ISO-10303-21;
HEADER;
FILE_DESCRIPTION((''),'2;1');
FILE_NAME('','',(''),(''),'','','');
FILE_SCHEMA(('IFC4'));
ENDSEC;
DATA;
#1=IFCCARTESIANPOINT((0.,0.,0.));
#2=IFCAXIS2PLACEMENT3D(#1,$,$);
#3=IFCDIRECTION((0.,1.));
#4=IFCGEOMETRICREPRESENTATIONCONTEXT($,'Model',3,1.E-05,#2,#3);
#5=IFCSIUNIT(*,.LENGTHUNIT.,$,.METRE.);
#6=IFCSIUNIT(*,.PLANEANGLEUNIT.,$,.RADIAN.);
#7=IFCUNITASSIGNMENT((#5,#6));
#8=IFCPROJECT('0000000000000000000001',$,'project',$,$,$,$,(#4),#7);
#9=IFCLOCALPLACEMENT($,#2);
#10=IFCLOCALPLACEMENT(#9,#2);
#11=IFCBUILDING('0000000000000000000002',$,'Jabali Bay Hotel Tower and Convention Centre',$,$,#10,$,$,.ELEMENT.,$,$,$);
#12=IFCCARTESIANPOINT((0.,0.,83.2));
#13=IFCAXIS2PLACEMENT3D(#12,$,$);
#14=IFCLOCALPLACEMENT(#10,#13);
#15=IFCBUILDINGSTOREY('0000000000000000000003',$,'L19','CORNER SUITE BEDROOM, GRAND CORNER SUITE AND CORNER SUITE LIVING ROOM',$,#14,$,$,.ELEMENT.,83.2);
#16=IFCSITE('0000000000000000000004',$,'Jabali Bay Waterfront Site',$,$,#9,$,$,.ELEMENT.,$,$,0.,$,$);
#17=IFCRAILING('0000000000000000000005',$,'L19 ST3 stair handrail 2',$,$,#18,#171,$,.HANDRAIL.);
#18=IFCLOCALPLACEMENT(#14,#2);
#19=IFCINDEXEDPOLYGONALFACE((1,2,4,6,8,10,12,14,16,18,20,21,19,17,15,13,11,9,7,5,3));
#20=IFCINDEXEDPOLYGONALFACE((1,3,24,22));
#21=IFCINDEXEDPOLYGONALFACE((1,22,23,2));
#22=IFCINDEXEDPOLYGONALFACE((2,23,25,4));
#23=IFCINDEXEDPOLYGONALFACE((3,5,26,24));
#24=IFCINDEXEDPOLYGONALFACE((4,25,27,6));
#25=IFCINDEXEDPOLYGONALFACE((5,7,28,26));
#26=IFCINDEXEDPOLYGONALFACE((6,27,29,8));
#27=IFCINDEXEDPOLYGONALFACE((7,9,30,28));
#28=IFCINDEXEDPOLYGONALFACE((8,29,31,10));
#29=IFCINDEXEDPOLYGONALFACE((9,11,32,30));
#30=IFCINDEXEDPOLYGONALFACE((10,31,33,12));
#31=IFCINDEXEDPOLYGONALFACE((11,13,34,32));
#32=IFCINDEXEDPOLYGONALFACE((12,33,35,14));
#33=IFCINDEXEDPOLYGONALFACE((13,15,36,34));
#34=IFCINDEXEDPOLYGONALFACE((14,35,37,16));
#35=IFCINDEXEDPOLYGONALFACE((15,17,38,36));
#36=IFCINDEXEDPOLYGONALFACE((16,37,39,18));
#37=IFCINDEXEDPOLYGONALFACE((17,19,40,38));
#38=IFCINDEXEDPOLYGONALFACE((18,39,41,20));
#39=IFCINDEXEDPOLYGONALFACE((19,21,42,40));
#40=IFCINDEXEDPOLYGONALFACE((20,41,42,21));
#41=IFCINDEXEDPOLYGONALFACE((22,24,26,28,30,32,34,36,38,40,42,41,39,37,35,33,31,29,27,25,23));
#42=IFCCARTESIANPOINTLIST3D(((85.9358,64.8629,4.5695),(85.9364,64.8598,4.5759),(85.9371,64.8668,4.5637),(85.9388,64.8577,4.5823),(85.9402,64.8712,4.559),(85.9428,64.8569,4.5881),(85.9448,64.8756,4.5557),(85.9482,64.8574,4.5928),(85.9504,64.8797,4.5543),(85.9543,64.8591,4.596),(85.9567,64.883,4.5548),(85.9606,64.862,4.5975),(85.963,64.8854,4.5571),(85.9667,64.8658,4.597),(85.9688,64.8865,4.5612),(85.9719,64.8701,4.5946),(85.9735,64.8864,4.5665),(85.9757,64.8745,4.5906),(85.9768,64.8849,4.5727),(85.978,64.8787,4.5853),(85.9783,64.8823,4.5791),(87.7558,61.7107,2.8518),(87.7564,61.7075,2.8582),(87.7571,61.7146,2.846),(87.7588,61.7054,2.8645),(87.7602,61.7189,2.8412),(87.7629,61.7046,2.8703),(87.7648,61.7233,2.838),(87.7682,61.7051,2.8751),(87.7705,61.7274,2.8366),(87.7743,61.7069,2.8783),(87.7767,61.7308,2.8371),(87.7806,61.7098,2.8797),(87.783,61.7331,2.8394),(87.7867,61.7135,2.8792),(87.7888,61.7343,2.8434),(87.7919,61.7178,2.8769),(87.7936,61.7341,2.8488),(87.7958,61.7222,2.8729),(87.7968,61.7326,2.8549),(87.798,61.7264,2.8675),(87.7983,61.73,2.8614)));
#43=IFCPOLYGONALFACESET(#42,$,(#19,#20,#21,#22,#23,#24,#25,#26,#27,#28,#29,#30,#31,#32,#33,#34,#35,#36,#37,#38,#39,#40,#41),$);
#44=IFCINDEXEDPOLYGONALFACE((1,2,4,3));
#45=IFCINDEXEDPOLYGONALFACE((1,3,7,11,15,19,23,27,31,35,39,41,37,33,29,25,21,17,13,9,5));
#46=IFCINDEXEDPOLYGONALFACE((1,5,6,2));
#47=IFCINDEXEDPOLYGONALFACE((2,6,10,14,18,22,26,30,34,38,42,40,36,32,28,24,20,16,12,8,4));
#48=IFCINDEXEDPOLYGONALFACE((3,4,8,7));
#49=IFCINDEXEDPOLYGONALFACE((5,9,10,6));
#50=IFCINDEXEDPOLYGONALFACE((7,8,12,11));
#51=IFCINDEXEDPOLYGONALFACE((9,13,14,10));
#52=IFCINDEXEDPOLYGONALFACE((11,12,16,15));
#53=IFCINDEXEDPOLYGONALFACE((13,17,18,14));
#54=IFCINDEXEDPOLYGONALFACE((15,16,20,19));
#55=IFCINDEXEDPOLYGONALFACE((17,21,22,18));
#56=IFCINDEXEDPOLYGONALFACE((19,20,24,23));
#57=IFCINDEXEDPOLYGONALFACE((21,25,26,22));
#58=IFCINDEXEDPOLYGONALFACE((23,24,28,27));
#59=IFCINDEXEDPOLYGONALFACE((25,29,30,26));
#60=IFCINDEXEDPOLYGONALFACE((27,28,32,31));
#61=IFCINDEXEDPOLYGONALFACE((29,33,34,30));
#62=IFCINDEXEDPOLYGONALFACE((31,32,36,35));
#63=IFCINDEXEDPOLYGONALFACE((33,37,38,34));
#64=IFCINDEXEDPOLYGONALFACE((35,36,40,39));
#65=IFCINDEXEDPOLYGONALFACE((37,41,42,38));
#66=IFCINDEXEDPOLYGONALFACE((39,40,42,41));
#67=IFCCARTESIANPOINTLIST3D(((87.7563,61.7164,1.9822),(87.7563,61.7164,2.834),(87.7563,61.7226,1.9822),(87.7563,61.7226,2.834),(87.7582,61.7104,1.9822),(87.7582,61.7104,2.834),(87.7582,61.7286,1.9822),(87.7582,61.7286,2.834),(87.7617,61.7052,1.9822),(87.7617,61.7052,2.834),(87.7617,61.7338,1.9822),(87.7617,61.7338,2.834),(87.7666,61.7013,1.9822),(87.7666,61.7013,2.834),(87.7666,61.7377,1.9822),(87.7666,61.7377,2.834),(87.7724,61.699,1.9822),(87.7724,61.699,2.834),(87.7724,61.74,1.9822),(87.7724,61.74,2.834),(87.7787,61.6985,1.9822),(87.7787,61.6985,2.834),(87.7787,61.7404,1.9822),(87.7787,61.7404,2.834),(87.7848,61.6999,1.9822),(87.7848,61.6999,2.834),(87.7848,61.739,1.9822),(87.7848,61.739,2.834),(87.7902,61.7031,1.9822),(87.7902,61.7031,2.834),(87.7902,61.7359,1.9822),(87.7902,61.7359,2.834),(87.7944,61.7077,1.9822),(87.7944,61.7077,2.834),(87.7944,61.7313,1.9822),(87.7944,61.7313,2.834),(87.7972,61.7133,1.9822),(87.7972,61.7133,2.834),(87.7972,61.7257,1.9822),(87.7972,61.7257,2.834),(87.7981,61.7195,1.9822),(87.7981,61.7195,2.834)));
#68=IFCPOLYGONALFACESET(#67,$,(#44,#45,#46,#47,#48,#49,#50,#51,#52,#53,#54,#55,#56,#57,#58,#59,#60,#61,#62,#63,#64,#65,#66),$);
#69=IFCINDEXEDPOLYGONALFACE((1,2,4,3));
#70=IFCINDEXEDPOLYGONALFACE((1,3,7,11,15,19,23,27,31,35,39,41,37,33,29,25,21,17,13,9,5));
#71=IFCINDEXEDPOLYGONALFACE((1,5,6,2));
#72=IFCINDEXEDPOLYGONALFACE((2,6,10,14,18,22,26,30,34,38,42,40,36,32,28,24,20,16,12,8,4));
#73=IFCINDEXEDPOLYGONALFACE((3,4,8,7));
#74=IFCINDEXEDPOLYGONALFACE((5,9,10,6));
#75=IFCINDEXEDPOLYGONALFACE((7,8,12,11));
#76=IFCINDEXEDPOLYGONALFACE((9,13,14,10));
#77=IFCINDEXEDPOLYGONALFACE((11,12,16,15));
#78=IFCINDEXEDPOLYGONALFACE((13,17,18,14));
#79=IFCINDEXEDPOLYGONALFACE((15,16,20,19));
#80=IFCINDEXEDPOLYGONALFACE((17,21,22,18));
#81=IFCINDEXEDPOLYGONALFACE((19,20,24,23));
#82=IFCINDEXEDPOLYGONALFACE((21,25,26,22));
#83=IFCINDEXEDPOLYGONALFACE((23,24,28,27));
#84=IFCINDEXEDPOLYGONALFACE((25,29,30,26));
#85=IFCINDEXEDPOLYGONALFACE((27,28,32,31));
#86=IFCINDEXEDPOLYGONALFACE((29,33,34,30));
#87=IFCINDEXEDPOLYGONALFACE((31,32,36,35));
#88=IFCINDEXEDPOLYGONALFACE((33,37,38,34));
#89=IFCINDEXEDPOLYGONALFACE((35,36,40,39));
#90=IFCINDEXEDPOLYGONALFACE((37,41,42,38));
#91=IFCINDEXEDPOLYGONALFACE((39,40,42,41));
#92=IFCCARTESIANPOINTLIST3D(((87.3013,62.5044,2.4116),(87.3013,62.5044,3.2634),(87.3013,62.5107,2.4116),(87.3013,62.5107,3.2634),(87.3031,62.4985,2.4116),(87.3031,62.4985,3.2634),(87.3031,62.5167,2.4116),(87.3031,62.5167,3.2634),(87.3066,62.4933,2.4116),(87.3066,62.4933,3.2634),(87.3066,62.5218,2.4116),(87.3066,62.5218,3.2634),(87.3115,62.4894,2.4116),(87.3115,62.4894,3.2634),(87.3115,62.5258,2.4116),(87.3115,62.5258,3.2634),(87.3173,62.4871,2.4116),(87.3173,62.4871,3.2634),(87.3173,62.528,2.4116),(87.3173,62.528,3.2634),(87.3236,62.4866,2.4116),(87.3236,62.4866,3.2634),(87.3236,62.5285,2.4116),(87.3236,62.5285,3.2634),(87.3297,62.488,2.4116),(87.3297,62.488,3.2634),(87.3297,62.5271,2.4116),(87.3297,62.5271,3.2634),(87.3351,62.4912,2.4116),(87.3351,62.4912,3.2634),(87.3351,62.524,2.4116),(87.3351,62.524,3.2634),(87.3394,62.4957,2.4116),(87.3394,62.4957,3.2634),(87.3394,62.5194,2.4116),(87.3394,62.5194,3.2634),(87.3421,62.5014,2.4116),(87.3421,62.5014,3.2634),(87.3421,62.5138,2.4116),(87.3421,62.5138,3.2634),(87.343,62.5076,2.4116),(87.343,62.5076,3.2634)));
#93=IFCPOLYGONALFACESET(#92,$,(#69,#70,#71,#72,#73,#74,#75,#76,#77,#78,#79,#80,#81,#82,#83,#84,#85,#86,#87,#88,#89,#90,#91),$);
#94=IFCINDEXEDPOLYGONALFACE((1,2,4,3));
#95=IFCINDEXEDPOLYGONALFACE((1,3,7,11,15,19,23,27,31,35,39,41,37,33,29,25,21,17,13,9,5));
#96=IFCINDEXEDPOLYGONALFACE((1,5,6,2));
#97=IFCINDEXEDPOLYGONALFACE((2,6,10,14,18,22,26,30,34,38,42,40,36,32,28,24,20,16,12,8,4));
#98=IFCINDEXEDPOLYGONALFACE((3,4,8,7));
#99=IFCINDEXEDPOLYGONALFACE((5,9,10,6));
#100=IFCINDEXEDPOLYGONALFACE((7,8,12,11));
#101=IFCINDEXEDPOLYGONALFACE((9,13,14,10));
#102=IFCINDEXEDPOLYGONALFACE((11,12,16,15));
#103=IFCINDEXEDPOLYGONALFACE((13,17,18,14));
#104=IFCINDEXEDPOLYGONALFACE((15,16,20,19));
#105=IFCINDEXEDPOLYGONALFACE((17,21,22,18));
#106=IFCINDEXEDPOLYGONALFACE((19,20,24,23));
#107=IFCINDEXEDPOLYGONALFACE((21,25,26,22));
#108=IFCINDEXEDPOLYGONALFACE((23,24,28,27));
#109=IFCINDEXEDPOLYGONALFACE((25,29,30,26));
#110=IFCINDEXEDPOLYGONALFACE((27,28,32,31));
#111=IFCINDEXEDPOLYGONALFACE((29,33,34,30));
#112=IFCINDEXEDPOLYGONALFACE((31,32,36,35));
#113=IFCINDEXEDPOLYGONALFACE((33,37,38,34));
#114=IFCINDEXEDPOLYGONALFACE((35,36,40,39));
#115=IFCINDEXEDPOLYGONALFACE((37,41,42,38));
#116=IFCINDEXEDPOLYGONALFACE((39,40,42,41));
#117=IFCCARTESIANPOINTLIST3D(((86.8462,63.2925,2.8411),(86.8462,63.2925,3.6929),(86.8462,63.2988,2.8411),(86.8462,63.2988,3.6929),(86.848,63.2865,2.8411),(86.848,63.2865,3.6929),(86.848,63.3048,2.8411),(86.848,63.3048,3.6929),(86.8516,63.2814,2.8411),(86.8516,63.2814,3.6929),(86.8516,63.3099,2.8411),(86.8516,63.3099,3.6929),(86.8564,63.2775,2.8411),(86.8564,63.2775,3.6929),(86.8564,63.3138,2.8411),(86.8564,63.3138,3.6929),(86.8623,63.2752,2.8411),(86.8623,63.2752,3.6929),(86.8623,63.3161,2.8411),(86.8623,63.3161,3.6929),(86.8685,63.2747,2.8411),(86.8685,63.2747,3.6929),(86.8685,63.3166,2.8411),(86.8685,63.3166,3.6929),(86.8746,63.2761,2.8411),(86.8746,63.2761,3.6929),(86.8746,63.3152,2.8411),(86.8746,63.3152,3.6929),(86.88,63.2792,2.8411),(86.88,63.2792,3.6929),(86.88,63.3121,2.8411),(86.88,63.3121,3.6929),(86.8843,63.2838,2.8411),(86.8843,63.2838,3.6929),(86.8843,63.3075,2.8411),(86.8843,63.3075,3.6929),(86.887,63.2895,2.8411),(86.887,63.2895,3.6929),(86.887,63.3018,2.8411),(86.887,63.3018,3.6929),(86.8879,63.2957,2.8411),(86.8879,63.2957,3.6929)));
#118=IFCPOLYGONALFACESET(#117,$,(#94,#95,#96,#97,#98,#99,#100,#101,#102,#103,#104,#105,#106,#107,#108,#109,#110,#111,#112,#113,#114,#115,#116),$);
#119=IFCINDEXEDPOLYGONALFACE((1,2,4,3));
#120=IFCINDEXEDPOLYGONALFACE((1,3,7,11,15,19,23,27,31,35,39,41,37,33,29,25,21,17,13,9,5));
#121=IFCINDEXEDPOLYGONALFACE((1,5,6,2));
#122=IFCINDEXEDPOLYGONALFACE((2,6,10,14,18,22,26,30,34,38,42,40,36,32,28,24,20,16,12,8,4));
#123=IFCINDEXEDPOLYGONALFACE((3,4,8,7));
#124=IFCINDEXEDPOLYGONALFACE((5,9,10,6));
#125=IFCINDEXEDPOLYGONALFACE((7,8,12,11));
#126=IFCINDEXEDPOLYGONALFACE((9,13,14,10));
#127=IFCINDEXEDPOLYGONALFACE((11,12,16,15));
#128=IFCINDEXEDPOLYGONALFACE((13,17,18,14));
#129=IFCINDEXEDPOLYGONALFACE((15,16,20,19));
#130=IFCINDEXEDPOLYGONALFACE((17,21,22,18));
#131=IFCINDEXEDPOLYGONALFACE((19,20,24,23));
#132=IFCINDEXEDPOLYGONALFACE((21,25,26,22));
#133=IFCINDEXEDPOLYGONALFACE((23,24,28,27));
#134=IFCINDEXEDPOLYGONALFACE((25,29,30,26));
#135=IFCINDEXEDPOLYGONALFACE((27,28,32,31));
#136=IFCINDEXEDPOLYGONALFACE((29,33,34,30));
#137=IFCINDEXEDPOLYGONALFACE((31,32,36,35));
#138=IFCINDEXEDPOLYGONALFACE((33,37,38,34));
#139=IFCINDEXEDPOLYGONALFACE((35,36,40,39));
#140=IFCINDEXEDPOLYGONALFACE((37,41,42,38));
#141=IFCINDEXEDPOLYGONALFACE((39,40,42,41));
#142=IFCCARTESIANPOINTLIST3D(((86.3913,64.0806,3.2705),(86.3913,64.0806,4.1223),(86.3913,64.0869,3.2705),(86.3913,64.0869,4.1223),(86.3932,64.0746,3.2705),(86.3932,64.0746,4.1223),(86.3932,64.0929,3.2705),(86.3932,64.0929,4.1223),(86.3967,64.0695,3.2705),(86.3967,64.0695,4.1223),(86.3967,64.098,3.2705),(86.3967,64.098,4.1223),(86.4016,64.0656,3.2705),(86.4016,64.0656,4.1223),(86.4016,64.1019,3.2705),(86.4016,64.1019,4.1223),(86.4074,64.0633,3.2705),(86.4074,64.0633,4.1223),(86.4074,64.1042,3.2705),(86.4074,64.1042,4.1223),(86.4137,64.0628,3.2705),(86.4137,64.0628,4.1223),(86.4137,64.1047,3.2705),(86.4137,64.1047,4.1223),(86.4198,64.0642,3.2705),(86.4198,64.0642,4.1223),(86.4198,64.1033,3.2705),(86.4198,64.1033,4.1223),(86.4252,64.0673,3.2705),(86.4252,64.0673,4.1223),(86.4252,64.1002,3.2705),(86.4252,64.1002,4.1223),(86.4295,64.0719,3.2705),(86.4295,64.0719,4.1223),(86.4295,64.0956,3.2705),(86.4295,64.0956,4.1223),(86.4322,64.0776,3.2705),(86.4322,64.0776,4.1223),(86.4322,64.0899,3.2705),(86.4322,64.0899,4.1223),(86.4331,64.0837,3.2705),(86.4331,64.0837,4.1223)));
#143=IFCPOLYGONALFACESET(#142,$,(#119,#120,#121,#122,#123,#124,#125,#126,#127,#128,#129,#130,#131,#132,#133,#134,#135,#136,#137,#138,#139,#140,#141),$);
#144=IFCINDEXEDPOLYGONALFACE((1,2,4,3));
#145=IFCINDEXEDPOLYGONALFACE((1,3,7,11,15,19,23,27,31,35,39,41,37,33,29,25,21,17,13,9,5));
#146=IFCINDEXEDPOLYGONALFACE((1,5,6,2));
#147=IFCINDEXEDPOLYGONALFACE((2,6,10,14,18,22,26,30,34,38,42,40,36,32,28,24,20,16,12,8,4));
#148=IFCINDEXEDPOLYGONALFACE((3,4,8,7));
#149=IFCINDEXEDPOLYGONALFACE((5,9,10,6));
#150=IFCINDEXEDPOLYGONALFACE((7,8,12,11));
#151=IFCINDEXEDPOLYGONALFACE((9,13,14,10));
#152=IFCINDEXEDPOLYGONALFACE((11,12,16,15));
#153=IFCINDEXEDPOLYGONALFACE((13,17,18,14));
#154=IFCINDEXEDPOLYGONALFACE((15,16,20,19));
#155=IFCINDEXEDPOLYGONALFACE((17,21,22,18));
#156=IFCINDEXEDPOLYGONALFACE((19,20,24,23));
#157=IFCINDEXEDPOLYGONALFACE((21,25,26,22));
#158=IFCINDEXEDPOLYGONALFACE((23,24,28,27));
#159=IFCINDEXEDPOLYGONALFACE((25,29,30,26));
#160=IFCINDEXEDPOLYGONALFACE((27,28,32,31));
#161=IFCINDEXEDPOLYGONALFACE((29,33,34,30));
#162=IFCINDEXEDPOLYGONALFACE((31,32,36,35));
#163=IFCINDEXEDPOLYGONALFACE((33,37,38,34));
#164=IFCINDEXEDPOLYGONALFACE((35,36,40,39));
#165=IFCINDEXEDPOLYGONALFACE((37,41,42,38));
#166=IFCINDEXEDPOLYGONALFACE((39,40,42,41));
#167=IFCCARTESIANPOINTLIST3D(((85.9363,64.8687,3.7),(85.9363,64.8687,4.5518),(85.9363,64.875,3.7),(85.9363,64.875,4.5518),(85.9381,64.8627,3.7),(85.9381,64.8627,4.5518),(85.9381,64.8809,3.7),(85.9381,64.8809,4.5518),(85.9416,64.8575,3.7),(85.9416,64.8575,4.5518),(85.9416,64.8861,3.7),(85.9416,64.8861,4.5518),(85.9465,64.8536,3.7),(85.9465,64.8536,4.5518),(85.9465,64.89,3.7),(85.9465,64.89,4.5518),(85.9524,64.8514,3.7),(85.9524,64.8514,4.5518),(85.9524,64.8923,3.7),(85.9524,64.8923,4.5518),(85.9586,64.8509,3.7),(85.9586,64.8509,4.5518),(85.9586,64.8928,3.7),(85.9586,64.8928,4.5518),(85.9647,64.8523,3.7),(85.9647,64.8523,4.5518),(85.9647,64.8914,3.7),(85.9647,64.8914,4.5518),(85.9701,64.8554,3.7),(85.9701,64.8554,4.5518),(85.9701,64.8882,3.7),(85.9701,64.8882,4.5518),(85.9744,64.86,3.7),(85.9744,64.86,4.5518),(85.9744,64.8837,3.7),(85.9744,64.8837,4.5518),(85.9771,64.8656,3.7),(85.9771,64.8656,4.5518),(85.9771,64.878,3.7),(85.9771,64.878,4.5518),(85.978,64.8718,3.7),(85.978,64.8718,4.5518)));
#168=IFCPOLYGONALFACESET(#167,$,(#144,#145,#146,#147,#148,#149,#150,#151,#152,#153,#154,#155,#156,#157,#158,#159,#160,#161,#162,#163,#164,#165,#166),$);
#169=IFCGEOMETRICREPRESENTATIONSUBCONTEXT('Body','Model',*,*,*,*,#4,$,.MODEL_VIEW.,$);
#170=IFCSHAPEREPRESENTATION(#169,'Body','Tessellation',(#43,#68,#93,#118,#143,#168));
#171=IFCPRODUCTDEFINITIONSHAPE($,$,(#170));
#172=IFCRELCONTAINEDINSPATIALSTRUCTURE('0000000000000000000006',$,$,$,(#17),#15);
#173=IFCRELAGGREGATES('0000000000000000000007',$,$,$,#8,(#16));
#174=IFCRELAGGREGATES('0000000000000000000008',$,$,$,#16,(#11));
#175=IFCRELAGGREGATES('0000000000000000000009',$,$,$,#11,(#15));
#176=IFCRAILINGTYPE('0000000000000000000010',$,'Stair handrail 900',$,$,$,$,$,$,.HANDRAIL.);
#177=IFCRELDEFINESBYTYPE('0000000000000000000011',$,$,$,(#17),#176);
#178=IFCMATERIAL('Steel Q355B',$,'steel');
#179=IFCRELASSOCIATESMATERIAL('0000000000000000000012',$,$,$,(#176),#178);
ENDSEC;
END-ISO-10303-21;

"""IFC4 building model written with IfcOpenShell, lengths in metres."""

from ifc_helpers import new_model, si_unit, direction, frame, origin, origin_2d, place, context, subcontext, project, spatial, circle, extrude, material, type_object, element, save


model = new_model("IFC4")

# Units and contexts
model_context = context("Model", 3, precision=1e-05, world=origin(), true_north=direction((0.0, 1.0)))
body_context = subcontext(model_context, "Body", "Model", "MODEL_VIEW")
ifc_project = project(units=[si_unit("LENGTHUNIT", "METRE"), si_unit("PLANEANGLEUNIT", "RADIAN")], contexts=[model_context])

# Site, building, storey
site_placement = place(None, origin())
site = spatial("IfcSite", under=ifc_project, at=site_placement, Name="Jabali Bay Waterfront Site", CompositionType="ELEMENT", RefElevation=0.0)
building_placement = place(site_placement, origin())
building = spatial("IfcBuilding", under=site, at=building_placement, Name="Jabali Bay Hotel Tower and Convention Centre", CompositionType="ELEMENT")
storey_placement = place(building_placement, frame((0.0, 0.0, 83.2)))
storey = spatial("IfcBuildingStorey", under=building, at=storey_placement, Name="L19", Description="CORNER SUITE BEDROOM, GRAND CORNER SUITE AND CORNER SUITE LIVING ROOM", CompositionType="ELEMENT", Elevation=83.2)

# Railing
ifc_material_1 = material(Name="Steel Q355B", Category="steel")
railing_type_1 = type_object("IfcRailingType", Name="Stair handrail 900", PredefinedType="HANDRAIL", material=ifc_material_1)
railing_1_placement = place(storey_placement, frame((87.7771, 61.7195, 1.9822)))
element("IfcRailing", 1, at=railing_1_placement, inside=storey, type_object=railing_type_1, Name="L19 ST3 stair handrail 2", PredefinedType="HANDRAIL", context=body_context, shape_type="SweptSolid", body=[
    extrude(circle(Radius=0.0239, at=origin_2d()), frame((0.0, 0.0, 0.876), z_axis=(-0.45219, 0.78319, 0.426775), x_axis=(-0.866018, -0.500013, 0.0)), (0.0, 0.0, 1.0), 4.0249),
    extrude(circle(Radius=0.021, at=origin_2d()), origin(), (0.0, 0.0, 1.0), 0.8518),
    extrude(circle(Radius=0.021, at=origin_2d()), frame((-0.4551, 0.7881, 0.4294)), (0.0, 0.0, 1.0), 0.8518),
    extrude(circle(Radius=0.021, at=origin_2d()), frame((-0.9102, 1.5762, 0.8589)), (0.0, 0.0, 1.0), 0.8518),
    extrude(circle(Radius=0.021, at=origin_2d()), frame((-1.365, 2.3643, 1.2883)), (0.0, 0.0, 1.0), 0.8518),
    extrude(circle(Radius=0.021, at=origin_2d()), frame((-1.8201, 3.1523, 1.7178)), (0.0, 0.0, 1.0), 0.8518),
])

save(model, "model.ifc")
